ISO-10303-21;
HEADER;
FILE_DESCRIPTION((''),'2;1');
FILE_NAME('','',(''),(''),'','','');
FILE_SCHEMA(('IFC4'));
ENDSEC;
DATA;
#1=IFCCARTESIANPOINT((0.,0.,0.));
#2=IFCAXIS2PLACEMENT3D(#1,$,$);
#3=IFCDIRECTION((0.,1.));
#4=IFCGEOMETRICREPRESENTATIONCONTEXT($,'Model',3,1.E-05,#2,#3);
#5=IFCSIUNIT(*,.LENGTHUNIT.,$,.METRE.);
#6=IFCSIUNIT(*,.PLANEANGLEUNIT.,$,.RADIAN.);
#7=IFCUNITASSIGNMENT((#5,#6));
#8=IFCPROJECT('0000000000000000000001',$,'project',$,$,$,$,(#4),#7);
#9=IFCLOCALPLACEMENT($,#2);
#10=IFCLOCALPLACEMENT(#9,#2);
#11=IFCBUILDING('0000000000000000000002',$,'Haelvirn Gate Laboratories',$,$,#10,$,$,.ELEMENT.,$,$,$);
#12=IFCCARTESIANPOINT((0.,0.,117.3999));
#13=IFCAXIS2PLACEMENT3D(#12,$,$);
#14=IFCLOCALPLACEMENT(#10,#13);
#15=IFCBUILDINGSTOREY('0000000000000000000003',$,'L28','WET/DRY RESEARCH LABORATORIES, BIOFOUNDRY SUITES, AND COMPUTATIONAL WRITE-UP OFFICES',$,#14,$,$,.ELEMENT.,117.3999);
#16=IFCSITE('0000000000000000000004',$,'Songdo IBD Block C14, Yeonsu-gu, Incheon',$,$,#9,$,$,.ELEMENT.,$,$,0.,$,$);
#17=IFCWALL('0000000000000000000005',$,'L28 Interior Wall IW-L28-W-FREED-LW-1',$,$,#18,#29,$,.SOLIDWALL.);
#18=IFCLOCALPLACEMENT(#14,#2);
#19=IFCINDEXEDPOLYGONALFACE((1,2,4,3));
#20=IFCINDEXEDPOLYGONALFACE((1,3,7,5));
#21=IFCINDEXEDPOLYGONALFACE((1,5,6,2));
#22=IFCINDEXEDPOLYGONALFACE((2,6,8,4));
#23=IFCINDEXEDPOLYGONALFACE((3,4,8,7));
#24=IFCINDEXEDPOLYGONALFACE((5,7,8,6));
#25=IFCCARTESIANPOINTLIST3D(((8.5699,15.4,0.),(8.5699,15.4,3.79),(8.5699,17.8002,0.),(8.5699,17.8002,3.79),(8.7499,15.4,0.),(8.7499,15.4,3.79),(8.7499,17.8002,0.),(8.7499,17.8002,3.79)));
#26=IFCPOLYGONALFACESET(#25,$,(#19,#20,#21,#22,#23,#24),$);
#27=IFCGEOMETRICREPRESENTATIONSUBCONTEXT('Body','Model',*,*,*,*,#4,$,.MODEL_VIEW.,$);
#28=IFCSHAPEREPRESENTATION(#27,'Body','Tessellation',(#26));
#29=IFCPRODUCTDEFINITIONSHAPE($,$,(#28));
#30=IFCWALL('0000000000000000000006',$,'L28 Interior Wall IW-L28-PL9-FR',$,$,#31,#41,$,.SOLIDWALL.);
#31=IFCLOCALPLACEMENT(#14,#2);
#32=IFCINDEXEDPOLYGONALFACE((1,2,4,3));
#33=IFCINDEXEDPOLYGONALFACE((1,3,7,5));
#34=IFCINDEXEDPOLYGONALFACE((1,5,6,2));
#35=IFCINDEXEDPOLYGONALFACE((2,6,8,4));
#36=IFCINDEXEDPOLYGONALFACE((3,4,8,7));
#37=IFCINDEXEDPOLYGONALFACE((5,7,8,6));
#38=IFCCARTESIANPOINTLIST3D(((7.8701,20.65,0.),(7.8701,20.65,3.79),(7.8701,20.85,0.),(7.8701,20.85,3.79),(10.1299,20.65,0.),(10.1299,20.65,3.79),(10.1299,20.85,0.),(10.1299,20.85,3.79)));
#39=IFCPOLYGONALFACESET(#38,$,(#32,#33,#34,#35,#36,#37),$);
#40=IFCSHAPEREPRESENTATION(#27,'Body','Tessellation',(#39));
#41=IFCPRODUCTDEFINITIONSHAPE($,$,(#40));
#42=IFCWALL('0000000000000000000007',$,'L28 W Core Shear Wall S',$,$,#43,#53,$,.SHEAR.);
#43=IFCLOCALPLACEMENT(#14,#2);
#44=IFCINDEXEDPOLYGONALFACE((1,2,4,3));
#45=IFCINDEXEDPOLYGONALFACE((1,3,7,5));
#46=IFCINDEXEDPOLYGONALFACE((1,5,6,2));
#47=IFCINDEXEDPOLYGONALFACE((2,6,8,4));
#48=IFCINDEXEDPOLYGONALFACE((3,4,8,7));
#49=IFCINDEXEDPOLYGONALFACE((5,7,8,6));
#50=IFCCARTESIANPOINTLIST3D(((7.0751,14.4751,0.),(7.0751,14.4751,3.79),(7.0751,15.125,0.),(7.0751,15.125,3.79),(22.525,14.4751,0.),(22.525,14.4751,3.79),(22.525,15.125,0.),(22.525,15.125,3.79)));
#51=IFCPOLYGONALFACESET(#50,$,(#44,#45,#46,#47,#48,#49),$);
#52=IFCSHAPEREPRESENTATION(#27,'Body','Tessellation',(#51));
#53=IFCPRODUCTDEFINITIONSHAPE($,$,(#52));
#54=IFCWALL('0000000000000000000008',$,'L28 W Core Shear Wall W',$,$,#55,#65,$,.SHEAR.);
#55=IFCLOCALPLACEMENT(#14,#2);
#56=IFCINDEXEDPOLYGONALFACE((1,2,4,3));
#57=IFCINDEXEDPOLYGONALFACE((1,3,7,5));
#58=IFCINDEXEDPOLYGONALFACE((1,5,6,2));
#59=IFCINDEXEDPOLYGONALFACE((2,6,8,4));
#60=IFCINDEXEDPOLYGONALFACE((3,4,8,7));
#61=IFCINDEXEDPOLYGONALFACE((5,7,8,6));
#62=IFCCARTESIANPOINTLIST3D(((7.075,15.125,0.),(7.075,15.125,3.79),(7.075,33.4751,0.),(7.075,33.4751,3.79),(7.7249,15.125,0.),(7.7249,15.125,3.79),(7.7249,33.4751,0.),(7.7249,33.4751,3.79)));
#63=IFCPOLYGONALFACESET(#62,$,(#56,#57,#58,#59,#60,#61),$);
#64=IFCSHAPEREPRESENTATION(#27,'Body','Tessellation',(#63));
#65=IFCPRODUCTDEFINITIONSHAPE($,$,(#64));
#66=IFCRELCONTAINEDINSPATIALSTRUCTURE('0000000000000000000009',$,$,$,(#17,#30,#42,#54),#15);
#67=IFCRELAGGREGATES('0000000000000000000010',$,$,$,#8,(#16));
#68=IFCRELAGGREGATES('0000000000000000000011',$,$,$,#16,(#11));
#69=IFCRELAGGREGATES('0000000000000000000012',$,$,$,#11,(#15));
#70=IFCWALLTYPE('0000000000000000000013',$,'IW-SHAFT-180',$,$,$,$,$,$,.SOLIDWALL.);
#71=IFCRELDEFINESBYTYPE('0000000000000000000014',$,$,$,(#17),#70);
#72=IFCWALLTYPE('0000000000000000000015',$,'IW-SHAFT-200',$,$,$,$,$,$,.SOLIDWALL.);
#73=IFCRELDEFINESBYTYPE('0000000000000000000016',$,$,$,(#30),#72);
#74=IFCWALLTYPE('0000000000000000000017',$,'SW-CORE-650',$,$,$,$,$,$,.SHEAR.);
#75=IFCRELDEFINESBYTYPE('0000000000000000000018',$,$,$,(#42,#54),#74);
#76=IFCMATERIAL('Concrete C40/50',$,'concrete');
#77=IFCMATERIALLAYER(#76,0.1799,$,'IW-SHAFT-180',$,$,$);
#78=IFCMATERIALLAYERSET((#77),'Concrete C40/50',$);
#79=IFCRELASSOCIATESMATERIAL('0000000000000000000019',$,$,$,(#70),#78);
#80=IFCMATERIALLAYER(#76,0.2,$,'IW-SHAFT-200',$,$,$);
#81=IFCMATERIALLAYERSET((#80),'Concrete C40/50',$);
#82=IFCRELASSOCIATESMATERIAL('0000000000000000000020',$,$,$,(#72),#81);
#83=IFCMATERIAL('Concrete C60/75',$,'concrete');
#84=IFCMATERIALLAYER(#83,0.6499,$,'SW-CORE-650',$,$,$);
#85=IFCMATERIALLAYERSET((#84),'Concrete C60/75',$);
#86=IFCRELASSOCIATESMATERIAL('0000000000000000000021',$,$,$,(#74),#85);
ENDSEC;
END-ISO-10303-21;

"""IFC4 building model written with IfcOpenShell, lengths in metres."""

from ifc_helpers import new_model, si_unit, direction, frame, frame_2d, origin, place, context, subcontext, project, spatial, rectangle, extrude, material, layer, layer_set, type_object, element, save


model = new_model("IFC4")

# Units and contexts
model_context = context("Model", 3, precision=1e-05, world=origin(), true_north=direction((0.0, 1.0)))
body_context = subcontext(model_context, "Body", "Model", "MODEL_VIEW")
ifc_project = project(units=[si_unit("LENGTHUNIT", "METRE"), si_unit("PLANEANGLEUNIT", "RADIAN")], contexts=[model_context])

# Site, building, storey
site_placement = place(None, origin())
site = spatial("IfcSite", under=ifc_project, at=site_placement, Name="Songdo IBD Block C14, Yeonsu-gu, Incheon", CompositionType="ELEMENT", RefElevation=0.0)
building_placement = place(site_placement, origin())
building = spatial("IfcBuilding", under=site, at=building_placement, Name="Haelvirn Gate Laboratories", CompositionType="ELEMENT")
storey_placement = place(building_placement, frame((0.0, 0.0, 117.3999)))
storey = spatial("IfcBuildingStorey", under=building, at=storey_placement, Name="L28", Description="WET/DRY RESEARCH LABORATORIES, BIOFOUNDRY SUITES, AND COMPUTATIONAL WRITE-UP OFFICES", CompositionType="ELEMENT", Elevation=117.3999)

# Shared definitions
ifc_material_1 = material(Name="Concrete C60/75", Category="concrete")

# Shared definitions
ifc_material_2 = material(Name="Concrete C40/50", Category="concrete")
ifc_layer_1 = layer(ifc_material_2, 0.1799, Name="IW-SHAFT-180")
ifc_layer_set_1 = layer_set([ifc_layer_1], Name="Concrete C40/50")
wall_type_1 = type_object("IfcWallType", Name="IW-SHAFT-180", PredefinedType="SOLIDWALL", material=ifc_layer_set_1)

# Walls
wall_1_placement = place(storey_placement, frame((8.6599, 15.3999, 0.0), z_axis=(0.0, 0.0, 1.0), x_axis=(0.0, 1.0, 0.0)))
element("IfcWall", 1, at=wall_1_placement, inside=storey, type_object=wall_type_1, Name="L28 Interior Wall IW-L28-W-FREED-LW-1", PredefinedType="SOLIDWALL", context=body_context, shape_type="SweptSolid", body=[
    extrude(rectangle(XDim=2.4001, YDim=0.1799, at=frame_2d((1.2002, 0.0))), origin(), (0.0, 0.0, 1.0), 3.79),
])
ifc_layer_2 = layer(ifc_material_2, 0.2, Name="IW-SHAFT-200")
ifc_layer_set_2 = layer_set([ifc_layer_2], Name="Concrete C40/50")
wall_type_2 = type_object("IfcWallType", Name="IW-SHAFT-200", PredefinedType="SOLIDWALL", material=ifc_layer_set_2)
wall_2_placement = place(storey_placement, frame((7.8701, 20.75, 0.0), z_axis=(0.0, 0.0, 1.0), x_axis=(1.0, 0.0, 0.0)))
element("IfcWall", 2, at=wall_2_placement, inside=storey, type_object=wall_type_2, Name="L28 Interior Wall IW-L28-PL9-FR", PredefinedType="SOLIDWALL", context=body_context, shape_type="SweptSolid", body=[
    extrude(rectangle(XDim=2.2598, YDim=0.2, at=frame_2d((1.1299, 0.0))), origin(), (0.0, 0.0, 1.0), 3.79),
])
ifc_layer_3 = layer(ifc_material_1, 0.6499, Name="SW-CORE-650")
ifc_layer_set_3 = layer_set([ifc_layer_3], Name="Concrete C60/75")
wall_type_3 = type_object("IfcWallType", Name="SW-CORE-650", PredefinedType="SHEAR", material=ifc_layer_set_3)
wall_3_placement = place(storey_placement, frame((7.075, 14.8, 0.0), z_axis=(0.0, 0.0, 1.0), x_axis=(1.0, 0.0, 0.0)))
element("IfcWall", 3, at=wall_3_placement, inside=storey, type_object=wall_type_3, Name="L28 W Core Shear Wall S", PredefinedType="SHEAR", context=body_context, shape_type="SweptSolid", body=[
    extrude(rectangle(XDim=15.45, YDim=0.6499, at=frame_2d((7.7251, 0.0))), origin(), (0.0, 0.0, 1.0), 3.79),
])
wall_4_placement = place(storey_placement, frame((7.3999, 15.125, 0.0), z_axis=(0.0, 0.0, 1.0), x_axis=(0.0, 1.0, 0.0)))
element("IfcWall", 4, at=wall_4_placement, inside=storey, type_object=wall_type_3, Name="L28 W Core Shear Wall W", PredefinedType="SHEAR", context=body_context, shape_type="SweptSolid", body=[
    extrude(rectangle(XDim=18.3501, YDim=0.6499, at=frame_2d((9.175, 0.0))), origin(), (0.0, 0.0, 1.0), 3.79),
])

save(model, "model.ifc")
